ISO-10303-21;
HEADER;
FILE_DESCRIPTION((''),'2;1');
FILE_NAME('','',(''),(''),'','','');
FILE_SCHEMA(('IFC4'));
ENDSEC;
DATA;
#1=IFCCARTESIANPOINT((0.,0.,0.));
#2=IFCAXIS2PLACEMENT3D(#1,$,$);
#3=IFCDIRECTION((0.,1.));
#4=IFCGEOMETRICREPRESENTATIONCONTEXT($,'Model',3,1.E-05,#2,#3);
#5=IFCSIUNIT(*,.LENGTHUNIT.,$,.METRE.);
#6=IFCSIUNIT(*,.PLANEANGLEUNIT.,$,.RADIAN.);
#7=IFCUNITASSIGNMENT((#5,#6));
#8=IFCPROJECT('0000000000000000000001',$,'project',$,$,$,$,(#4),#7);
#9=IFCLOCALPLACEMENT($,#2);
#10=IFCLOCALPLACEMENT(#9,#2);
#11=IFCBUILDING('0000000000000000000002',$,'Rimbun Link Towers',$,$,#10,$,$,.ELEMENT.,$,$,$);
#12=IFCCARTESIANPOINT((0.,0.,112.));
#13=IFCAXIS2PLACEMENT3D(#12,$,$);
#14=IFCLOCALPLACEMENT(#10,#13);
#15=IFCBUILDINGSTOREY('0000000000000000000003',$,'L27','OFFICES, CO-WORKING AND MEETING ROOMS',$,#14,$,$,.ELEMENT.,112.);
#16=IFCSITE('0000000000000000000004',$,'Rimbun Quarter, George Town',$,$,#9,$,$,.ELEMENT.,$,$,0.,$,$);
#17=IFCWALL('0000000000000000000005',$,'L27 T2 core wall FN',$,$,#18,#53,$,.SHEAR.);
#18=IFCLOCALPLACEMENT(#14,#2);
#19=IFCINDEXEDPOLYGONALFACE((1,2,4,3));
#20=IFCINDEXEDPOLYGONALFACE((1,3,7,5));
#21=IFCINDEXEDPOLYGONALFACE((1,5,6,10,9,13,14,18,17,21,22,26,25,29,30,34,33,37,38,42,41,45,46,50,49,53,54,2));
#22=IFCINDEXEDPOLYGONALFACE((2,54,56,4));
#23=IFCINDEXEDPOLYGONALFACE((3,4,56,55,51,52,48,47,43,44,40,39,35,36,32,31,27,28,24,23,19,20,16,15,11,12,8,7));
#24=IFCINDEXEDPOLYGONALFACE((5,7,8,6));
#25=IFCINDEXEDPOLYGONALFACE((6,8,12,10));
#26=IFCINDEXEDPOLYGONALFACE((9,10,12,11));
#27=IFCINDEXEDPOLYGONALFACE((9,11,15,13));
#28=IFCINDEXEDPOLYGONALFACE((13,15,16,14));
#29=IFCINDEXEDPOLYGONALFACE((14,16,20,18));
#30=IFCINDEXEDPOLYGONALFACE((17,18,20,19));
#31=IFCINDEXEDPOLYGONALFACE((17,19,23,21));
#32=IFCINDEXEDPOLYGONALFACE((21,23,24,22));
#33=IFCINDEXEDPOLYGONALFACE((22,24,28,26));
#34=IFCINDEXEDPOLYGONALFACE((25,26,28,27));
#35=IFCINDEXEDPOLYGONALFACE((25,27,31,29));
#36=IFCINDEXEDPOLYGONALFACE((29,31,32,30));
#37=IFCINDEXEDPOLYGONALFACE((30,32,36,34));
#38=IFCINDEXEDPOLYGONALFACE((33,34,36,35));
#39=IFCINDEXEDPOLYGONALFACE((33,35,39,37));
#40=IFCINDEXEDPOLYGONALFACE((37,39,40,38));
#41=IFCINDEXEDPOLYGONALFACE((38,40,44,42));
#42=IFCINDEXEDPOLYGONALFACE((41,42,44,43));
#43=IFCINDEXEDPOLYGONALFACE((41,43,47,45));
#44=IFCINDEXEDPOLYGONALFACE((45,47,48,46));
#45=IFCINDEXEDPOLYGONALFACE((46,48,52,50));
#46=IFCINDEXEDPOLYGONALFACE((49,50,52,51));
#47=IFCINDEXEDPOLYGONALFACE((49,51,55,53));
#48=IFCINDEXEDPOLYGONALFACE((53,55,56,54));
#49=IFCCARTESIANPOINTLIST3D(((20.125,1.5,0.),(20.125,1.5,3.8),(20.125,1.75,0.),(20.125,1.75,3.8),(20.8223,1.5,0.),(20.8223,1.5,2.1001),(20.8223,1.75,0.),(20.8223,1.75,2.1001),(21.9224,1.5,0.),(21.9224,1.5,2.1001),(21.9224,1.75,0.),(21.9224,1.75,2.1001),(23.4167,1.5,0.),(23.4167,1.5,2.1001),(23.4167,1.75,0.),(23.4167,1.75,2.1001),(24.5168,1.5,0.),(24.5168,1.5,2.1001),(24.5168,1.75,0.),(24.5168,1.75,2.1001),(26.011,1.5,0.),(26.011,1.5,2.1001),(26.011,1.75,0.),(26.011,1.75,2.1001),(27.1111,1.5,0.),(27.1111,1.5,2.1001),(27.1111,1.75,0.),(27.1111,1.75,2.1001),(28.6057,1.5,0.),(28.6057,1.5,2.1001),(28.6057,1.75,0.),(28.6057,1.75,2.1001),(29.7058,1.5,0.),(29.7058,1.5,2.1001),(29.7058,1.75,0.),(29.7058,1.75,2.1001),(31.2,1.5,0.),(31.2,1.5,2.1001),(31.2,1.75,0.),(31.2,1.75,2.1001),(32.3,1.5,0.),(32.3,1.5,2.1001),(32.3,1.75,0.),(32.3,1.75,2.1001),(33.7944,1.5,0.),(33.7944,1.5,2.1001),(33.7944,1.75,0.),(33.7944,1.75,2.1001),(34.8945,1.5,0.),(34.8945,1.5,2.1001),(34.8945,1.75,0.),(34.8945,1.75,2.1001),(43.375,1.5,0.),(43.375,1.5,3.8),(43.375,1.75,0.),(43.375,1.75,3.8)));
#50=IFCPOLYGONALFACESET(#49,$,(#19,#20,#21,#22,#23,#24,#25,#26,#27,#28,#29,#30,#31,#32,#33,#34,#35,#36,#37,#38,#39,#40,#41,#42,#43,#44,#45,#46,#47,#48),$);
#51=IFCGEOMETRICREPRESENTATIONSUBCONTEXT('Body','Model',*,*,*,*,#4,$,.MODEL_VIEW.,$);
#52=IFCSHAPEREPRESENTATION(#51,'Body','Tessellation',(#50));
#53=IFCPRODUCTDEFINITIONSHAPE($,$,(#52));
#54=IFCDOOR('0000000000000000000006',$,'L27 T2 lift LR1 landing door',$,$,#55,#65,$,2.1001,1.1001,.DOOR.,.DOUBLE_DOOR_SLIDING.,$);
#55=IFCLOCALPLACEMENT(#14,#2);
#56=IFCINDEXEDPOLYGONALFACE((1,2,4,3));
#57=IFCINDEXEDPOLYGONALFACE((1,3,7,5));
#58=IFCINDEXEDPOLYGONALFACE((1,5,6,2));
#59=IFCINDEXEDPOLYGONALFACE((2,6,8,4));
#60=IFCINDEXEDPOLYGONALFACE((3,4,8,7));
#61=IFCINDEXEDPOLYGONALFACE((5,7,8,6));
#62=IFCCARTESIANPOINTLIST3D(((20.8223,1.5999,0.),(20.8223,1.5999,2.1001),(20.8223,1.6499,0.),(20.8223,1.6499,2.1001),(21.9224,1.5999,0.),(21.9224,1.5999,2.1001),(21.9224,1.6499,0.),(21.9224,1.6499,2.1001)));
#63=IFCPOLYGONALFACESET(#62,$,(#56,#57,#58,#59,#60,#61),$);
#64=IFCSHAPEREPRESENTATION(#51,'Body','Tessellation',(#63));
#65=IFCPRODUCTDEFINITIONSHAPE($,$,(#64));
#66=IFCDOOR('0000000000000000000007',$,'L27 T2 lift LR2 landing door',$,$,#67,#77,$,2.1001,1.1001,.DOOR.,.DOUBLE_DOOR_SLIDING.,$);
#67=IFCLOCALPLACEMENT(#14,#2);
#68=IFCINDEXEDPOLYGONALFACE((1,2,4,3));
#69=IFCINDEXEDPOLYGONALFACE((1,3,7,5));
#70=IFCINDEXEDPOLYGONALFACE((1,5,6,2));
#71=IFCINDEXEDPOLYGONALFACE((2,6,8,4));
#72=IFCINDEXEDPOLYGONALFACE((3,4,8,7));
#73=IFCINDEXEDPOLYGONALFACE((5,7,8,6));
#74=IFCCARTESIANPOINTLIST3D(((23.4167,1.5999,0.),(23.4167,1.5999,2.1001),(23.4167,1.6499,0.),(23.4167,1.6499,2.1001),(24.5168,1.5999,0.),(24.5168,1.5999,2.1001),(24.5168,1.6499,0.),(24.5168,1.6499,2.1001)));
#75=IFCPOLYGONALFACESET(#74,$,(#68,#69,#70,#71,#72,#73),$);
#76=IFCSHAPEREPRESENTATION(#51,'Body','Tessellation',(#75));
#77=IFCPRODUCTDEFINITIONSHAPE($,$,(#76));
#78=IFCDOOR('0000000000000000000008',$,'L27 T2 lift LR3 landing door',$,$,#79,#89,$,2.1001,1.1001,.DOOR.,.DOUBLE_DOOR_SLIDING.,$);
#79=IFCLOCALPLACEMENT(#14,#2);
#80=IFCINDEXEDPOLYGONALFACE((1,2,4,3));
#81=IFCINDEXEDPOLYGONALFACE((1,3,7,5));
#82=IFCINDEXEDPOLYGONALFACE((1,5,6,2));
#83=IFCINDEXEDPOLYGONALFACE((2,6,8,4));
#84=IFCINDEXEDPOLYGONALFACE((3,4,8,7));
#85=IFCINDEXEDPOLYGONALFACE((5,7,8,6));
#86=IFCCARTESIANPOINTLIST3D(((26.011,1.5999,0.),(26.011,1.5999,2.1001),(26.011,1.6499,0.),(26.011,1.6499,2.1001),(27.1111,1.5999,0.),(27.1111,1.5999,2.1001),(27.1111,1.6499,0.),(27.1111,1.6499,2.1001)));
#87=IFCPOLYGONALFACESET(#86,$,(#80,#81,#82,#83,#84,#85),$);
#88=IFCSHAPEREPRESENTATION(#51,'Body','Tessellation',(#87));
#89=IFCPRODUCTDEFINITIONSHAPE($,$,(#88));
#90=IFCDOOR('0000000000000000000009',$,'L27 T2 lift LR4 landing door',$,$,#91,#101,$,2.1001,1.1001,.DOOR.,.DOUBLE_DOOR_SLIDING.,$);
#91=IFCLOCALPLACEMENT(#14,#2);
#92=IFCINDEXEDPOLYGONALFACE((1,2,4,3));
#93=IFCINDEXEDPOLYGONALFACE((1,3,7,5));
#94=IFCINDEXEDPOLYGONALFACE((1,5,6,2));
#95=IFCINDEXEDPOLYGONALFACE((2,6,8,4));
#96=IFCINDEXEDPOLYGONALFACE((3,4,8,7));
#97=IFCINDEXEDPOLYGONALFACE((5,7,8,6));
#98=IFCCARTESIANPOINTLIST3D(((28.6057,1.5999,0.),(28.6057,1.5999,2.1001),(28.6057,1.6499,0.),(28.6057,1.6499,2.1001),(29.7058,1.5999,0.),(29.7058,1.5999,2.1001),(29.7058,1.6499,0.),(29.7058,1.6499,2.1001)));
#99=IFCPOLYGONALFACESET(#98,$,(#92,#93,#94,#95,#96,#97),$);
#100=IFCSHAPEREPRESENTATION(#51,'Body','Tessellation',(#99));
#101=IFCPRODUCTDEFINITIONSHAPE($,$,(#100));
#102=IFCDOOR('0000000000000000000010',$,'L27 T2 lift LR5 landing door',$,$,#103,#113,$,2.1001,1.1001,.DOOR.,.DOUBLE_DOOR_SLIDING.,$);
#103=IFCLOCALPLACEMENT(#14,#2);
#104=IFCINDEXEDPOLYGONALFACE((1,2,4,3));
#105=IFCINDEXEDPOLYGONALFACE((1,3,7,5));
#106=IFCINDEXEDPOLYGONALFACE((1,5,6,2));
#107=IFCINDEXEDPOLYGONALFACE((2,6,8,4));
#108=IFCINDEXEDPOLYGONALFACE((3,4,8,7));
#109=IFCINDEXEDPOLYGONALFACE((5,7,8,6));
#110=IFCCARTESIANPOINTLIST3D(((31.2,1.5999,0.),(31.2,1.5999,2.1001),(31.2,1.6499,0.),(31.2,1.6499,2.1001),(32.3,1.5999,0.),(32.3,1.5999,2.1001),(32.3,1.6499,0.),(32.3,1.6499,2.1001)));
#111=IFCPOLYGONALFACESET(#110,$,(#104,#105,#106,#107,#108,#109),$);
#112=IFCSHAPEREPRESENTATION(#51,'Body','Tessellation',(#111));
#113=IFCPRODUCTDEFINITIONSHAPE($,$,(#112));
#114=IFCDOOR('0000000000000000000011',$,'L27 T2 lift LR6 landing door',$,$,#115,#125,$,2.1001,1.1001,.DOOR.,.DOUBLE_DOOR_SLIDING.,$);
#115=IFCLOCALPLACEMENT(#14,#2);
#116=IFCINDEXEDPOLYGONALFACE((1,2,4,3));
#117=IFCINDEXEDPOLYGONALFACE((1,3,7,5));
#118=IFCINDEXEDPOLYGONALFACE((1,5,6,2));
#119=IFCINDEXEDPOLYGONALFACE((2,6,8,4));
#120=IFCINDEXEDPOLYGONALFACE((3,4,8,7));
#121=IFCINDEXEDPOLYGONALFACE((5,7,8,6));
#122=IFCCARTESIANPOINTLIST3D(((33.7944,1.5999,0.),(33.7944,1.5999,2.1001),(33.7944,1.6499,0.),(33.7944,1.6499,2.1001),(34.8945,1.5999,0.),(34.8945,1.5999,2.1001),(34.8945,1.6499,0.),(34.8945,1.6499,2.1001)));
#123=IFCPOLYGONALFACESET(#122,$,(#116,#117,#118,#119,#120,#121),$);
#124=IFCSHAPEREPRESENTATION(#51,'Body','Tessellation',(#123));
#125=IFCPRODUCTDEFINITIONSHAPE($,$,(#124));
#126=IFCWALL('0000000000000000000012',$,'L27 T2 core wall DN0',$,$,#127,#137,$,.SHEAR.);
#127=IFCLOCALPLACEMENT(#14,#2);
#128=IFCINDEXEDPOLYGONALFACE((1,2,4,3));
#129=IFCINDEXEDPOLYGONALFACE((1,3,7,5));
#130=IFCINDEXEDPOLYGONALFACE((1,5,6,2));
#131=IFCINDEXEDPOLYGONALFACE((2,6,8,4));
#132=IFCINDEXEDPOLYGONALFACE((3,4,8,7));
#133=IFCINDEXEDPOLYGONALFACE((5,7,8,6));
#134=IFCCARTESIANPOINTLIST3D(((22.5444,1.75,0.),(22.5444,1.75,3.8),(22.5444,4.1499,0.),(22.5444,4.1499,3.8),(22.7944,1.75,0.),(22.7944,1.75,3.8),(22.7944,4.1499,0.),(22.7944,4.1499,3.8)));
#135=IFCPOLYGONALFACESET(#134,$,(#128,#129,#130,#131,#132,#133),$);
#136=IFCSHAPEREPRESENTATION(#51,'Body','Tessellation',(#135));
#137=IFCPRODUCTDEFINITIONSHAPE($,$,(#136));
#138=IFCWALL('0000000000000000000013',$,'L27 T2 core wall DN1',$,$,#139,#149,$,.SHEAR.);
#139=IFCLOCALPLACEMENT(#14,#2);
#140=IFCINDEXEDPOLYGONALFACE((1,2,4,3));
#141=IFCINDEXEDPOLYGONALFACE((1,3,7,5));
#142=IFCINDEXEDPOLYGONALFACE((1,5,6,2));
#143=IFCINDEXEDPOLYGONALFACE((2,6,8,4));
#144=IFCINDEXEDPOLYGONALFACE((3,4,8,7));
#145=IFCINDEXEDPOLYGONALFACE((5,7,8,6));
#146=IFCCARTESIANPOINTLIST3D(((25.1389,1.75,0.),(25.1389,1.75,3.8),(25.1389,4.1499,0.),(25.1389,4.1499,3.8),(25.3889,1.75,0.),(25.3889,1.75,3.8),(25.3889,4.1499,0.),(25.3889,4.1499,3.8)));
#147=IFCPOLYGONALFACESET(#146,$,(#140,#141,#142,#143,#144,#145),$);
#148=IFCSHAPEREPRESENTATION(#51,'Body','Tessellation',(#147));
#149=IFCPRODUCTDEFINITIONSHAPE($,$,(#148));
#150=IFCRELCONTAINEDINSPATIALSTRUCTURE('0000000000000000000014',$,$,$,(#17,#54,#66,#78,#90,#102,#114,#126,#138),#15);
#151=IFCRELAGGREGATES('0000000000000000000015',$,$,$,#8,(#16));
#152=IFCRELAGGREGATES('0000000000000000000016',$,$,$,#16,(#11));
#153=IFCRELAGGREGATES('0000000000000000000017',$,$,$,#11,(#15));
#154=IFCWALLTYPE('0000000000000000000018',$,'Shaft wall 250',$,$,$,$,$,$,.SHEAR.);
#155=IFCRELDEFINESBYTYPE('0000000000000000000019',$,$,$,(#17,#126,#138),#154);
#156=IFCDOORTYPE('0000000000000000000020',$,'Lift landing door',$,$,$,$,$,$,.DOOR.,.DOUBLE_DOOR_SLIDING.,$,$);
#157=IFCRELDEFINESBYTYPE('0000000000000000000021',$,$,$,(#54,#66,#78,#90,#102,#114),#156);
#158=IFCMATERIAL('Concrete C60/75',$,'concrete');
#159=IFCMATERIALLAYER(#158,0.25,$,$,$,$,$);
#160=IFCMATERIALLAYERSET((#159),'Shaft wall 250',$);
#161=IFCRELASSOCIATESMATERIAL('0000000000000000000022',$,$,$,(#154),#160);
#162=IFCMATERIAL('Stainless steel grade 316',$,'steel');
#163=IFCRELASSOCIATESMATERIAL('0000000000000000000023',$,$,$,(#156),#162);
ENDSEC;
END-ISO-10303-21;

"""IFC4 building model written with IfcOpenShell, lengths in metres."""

from ifc_helpers import new_model, si_unit, direction, frame, frame_2d, origin, place, context, subcontext, project, spatial, rectangle, extrude, material, layer, layer_set, type_object, element, fill, save


model = new_model("IFC4")

# Units and contexts
model_context = context("Model", 3, precision=1e-05, world=origin(), true_north=direction((0.0, 1.0)))
body_context = subcontext(model_context, "Body", "Model", "MODEL_VIEW")
ifc_project = project(units=[si_unit("LENGTHUNIT", "METRE"), si_unit("PLANEANGLEUNIT", "RADIAN")], contexts=[model_context])

# Site, building, storey
site_placement = place(None, origin())
site = spatial("IfcSite", under=ifc_project, at=site_placement, Name="Rimbun Quarter, George Town", CompositionType="ELEMENT", RefElevation=0.0)
building_placement = place(site_placement, origin())
building = spatial("IfcBuilding", under=site, at=building_placement, Name="Rimbun Link Towers", CompositionType="ELEMENT")
storey_placement = place(building_placement, frame((0.0, 0.0, 112.0)))
storey = spatial("IfcBuildingStorey", under=building, at=storey_placement, Name="L27", Description="OFFICES, CO-WORKING AND MEETING ROOMS", CompositionType="ELEMENT", Elevation=112.0)

# Shared definitions
ifc_material_1 = material(Name="Concrete C60/75", Category="concrete")
ifc_layer = layer(ifc_material_1, 0.25)
ifc_layer_set = layer_set([ifc_layer], Name="Shaft wall 250")
wall_type = type_object("IfcWallType", Name="Shaft wall 250", PredefinedType="SHEAR", material=ifc_layer_set)

# Wall, openings, doors
wall_1_placement = place(storey_placement, frame((20.125, 1.625, 0.0), z_axis=(0.0, 0.0, 1.0), x_axis=(1.0, 0.0, 0.0)))
wall_1 = element("IfcWall", 1, at=wall_1_placement, inside=storey, type_object=wall_type, Name="L27 T2 core wall FN", PredefinedType="SHEAR", context=body_context, shape_type="SweptSolid", body=[
    extrude(rectangle(XDim=23.25, YDim=0.25, at=frame_2d((11.625, 0.0))), origin(), (0.0, 0.0, 1.0), 3.8),
])
opening_1_placement = place(wall_1_placement, frame((0.6973, 0.0, 0.0)))
opening_1 = element("IfcOpeningElement", 2, at=opening_1_placement, cuts=wall_1, PredefinedType="OPENING", context=body_context, shape_type="SweptSolid", body=[
    extrude(rectangle(XDim=1.1001, YDim=2.1001, at=frame_2d((0.55, 1.05))), frame((0.0, 0.135, 0.0), z_axis=(0.0, -1.0, 0.0), x_axis=(1.0, 0.0, 0.0)), (0.0, 0.0, 1.0), 0.27),
])
opening_2_placement = place(wall_1_placement, frame((3.2917, 0.0, 0.0)))
opening_2 = element("IfcOpeningElement", 3, at=opening_2_placement, cuts=wall_1, PredefinedType="OPENING", context=body_context, shape_type="SweptSolid", body=[
    extrude(rectangle(XDim=1.1001, YDim=2.1001, at=frame_2d((0.55, 1.05))), frame((0.0, 0.135, 0.0), z_axis=(0.0, -1.0, 0.0), x_axis=(1.0, 0.0, 0.0)), (0.0, 0.0, 1.0), 0.27),
])
opening_3_placement = place(wall_1_placement, frame((5.886, 0.0, 0.0)))
opening_3 = element("IfcOpeningElement", 4, at=opening_3_placement, cuts=wall_1, PredefinedType="OPENING", context=body_context, shape_type="SweptSolid", body=[
    extrude(rectangle(XDim=1.1001, YDim=2.1001, at=frame_2d((0.55, 1.05))), frame((0.0, 0.135, 0.0), z_axis=(0.0, -1.0, 0.0), x_axis=(1.0, 0.0, 0.0)), (0.0, 0.0, 1.0), 0.27),
])
opening_4_placement = place(wall_1_placement, frame((8.4807, 0.0, 0.0)))
opening_4 = element("IfcOpeningElement", 5, at=opening_4_placement, cuts=wall_1, PredefinedType="OPENING", context=body_context, shape_type="SweptSolid", body=[
    extrude(rectangle(XDim=1.1001, YDim=2.1001, at=frame_2d((0.55, 1.05))), frame((0.0, 0.135, 0.0), z_axis=(0.0, -1.0, 0.0), x_axis=(1.0, 0.0, 0.0)), (0.0, 0.0, 1.0), 0.27),
])
opening_5_placement = place(wall_1_placement, frame((11.075, 0.0, 0.0)))
opening_5 = element("IfcOpeningElement", 6, at=opening_5_placement, cuts=wall_1, PredefinedType="OPENING", context=body_context, shape_type="SweptSolid", body=[
    extrude(rectangle(XDim=1.1001, YDim=2.1001, at=frame_2d((0.55, 1.05))), frame((0.0, 0.135, 0.0), z_axis=(0.0, -1.0, 0.0), x_axis=(1.0, 0.0, 0.0)), (0.0, 0.0, 1.0), 0.27),
])
opening_6_placement = place(wall_1_placement, frame((13.6694, 0.0, 0.0)))
opening_6 = element("IfcOpeningElement", 7, at=opening_6_placement, cuts=wall_1, PredefinedType="OPENING", context=body_context, shape_type="SweptSolid", body=[
    extrude(rectangle(XDim=1.1001, YDim=2.1001, at=frame_2d((0.55, 1.05))), frame((0.0, 0.135, 0.0), z_axis=(0.0, -1.0, 0.0), x_axis=(1.0, 0.0, 0.0)), (0.0, 0.0, 1.0), 0.27),
])
ifc_material_2 = material(Name="Stainless steel grade 316", Category="steel")
door_type = type_object("IfcDoorType", Name="Lift landing door", OperationType="DOUBLE_DOOR_SLIDING", PredefinedType="DOOR", material=ifc_material_2)
door_1_placement = place(opening_1_placement, origin())
door_1 = element("IfcDoor", 8, at=door_1_placement, inside=storey, type_object=door_type, Name="L27 T2 lift LR1 landing door", OperationType="DOUBLE_DOOR_SLIDING", OverallHeight=2.1001, OverallWidth=1.1001, PredefinedType="DOOR", context=body_context, shape_type="SweptSolid", body=[
    extrude(rectangle(XDim=1.1001, YDim=2.1001, at=frame_2d((0.55, 1.05))), frame((0.0, 0.0249, 0.0), z_axis=(0.0, -1.0, 0.0), x_axis=(1.0, 0.0, 0.0)), (0.0, 0.0, 1.0), 0.05),
])
fill(opening_1, door_1)
door_2_placement = place(opening_2_placement, origin())
door_2 = element("IfcDoor", 9, at=door_2_placement, inside=storey, type_object=door_type, Name="L27 T2 lift LR2 landing door", OperationType="DOUBLE_DOOR_SLIDING", OverallHeight=2.1001, OverallWidth=1.1001, PredefinedType="DOOR", context=body_context, shape_type="SweptSolid", body=[
    extrude(rectangle(XDim=1.1001, YDim=2.1001, at=frame_2d((0.55, 1.05))), frame((0.0, 0.0249, 0.0), z_axis=(0.0, -1.0, 0.0), x_axis=(1.0, 0.0, 0.0)), (0.0, 0.0, 1.0), 0.05),
])
fill(opening_2, door_2)
door_3_placement = place(opening_3_placement, origin())
door_3 = element("IfcDoor", 10, at=door_3_placement, inside=storey, type_object=door_type, Name="L27 T2 lift LR3 landing door", OperationType="DOUBLE_DOOR_SLIDING", OverallHeight=2.1001, OverallWidth=1.1001, PredefinedType="DOOR", context=body_context, shape_type="SweptSolid", body=[
    extrude(rectangle(XDim=1.1001, YDim=2.1001, at=frame_2d((0.55, 1.05))), frame((0.0, 0.0249, 0.0), z_axis=(0.0, -1.0, 0.0), x_axis=(1.0, 0.0, 0.0)), (0.0, 0.0, 1.0), 0.05),
])
fill(opening_3, door_3)
door_4_placement = place(opening_4_placement, origin())
door_4 = element("IfcDoor", 11, at=door_4_placement, inside=storey, type_object=door_type, Name="L27 T2 lift LR4 landing door", OperationType="DOUBLE_DOOR_SLIDING", OverallHeight=2.1001, OverallWidth=1.1001, PredefinedType="DOOR", context=body_context, shape_type="SweptSolid", body=[
    extrude(rectangle(XDim=1.1001, YDim=2.1001, at=frame_2d((0.55, 1.05))), frame((0.0, 0.0249, 0.0), z_axis=(0.0, -1.0, 0.0), x_axis=(1.0, 0.0, 0.0)), (0.0, 0.0, 1.0), 0.05),
])
fill(opening_4, door_4)
door_5_placement = place(opening_5_placement, origin())
door_5 = element("IfcDoor", 12, at=door_5_placement, inside=storey, type_object=door_type, Name="L27 T2 lift LR5 landing door", OperationType="DOUBLE_DOOR_SLIDING", OverallHeight=2.1001, OverallWidth=1.1001, PredefinedType="DOOR", context=body_context, shape_type="SweptSolid", body=[
    extrude(rectangle(XDim=1.1001, YDim=2.1001, at=frame_2d((0.55, 1.05))), frame((0.0, 0.0249, 0.0), z_axis=(0.0, -1.0, 0.0), x_axis=(1.0, 0.0, 0.0)), (0.0, 0.0, 1.0), 0.05),
])
fill(opening_5, door_5)
door_6_placement = place(opening_6_placement, origin())
door_6 = element("IfcDoor", 13, at=door_6_placement, inside=storey, type_object=door_type, Name="L27 T2 lift LR6 landing door", OperationType="DOUBLE_DOOR_SLIDING", OverallHeight=2.1001, OverallWidth=1.1001, PredefinedType="DOOR", context=body_context, shape_type="SweptSolid", body=[
    extrude(rectangle(XDim=1.1001, YDim=2.1001, at=frame_2d((0.55, 1.05))), frame((0.0, 0.0249, 0.0), z_axis=(0.0, -1.0, 0.0), x_axis=(1.0, 0.0, 0.0)), (0.0, 0.0, 1.0), 0.05),
])
fill(opening_6, door_6)

# Walls
for number, where, z_axis, x_axis, name in (
    (14, (22.6694, 1.75, 0.0), (0.0, 0.0, 1.0), (0.0, 1.0, 0.0), "L27 T2 core wall DN0"),
    (15, (25.2639, 1.75, 0.0), (0.0, 0.0, 1.0), (0.0, 1.0, 0.0), "L27 T2 core wall DN1"),
):
    element("IfcWall", number, at=place(storey_placement, frame(where, z_axis=z_axis, x_axis=x_axis)), inside=storey, type_object=wall_type, Name=name, PredefinedType="SHEAR", context=body_context, shape_type="SweptSolid", body=[
        extrude(rectangle(XDim=2.3999, YDim=0.25, at=frame_2d((1.2, 0.0))), origin(), (0.0, 0.0, 1.0), 3.8),
    ])

save(model, "model.ifc")
